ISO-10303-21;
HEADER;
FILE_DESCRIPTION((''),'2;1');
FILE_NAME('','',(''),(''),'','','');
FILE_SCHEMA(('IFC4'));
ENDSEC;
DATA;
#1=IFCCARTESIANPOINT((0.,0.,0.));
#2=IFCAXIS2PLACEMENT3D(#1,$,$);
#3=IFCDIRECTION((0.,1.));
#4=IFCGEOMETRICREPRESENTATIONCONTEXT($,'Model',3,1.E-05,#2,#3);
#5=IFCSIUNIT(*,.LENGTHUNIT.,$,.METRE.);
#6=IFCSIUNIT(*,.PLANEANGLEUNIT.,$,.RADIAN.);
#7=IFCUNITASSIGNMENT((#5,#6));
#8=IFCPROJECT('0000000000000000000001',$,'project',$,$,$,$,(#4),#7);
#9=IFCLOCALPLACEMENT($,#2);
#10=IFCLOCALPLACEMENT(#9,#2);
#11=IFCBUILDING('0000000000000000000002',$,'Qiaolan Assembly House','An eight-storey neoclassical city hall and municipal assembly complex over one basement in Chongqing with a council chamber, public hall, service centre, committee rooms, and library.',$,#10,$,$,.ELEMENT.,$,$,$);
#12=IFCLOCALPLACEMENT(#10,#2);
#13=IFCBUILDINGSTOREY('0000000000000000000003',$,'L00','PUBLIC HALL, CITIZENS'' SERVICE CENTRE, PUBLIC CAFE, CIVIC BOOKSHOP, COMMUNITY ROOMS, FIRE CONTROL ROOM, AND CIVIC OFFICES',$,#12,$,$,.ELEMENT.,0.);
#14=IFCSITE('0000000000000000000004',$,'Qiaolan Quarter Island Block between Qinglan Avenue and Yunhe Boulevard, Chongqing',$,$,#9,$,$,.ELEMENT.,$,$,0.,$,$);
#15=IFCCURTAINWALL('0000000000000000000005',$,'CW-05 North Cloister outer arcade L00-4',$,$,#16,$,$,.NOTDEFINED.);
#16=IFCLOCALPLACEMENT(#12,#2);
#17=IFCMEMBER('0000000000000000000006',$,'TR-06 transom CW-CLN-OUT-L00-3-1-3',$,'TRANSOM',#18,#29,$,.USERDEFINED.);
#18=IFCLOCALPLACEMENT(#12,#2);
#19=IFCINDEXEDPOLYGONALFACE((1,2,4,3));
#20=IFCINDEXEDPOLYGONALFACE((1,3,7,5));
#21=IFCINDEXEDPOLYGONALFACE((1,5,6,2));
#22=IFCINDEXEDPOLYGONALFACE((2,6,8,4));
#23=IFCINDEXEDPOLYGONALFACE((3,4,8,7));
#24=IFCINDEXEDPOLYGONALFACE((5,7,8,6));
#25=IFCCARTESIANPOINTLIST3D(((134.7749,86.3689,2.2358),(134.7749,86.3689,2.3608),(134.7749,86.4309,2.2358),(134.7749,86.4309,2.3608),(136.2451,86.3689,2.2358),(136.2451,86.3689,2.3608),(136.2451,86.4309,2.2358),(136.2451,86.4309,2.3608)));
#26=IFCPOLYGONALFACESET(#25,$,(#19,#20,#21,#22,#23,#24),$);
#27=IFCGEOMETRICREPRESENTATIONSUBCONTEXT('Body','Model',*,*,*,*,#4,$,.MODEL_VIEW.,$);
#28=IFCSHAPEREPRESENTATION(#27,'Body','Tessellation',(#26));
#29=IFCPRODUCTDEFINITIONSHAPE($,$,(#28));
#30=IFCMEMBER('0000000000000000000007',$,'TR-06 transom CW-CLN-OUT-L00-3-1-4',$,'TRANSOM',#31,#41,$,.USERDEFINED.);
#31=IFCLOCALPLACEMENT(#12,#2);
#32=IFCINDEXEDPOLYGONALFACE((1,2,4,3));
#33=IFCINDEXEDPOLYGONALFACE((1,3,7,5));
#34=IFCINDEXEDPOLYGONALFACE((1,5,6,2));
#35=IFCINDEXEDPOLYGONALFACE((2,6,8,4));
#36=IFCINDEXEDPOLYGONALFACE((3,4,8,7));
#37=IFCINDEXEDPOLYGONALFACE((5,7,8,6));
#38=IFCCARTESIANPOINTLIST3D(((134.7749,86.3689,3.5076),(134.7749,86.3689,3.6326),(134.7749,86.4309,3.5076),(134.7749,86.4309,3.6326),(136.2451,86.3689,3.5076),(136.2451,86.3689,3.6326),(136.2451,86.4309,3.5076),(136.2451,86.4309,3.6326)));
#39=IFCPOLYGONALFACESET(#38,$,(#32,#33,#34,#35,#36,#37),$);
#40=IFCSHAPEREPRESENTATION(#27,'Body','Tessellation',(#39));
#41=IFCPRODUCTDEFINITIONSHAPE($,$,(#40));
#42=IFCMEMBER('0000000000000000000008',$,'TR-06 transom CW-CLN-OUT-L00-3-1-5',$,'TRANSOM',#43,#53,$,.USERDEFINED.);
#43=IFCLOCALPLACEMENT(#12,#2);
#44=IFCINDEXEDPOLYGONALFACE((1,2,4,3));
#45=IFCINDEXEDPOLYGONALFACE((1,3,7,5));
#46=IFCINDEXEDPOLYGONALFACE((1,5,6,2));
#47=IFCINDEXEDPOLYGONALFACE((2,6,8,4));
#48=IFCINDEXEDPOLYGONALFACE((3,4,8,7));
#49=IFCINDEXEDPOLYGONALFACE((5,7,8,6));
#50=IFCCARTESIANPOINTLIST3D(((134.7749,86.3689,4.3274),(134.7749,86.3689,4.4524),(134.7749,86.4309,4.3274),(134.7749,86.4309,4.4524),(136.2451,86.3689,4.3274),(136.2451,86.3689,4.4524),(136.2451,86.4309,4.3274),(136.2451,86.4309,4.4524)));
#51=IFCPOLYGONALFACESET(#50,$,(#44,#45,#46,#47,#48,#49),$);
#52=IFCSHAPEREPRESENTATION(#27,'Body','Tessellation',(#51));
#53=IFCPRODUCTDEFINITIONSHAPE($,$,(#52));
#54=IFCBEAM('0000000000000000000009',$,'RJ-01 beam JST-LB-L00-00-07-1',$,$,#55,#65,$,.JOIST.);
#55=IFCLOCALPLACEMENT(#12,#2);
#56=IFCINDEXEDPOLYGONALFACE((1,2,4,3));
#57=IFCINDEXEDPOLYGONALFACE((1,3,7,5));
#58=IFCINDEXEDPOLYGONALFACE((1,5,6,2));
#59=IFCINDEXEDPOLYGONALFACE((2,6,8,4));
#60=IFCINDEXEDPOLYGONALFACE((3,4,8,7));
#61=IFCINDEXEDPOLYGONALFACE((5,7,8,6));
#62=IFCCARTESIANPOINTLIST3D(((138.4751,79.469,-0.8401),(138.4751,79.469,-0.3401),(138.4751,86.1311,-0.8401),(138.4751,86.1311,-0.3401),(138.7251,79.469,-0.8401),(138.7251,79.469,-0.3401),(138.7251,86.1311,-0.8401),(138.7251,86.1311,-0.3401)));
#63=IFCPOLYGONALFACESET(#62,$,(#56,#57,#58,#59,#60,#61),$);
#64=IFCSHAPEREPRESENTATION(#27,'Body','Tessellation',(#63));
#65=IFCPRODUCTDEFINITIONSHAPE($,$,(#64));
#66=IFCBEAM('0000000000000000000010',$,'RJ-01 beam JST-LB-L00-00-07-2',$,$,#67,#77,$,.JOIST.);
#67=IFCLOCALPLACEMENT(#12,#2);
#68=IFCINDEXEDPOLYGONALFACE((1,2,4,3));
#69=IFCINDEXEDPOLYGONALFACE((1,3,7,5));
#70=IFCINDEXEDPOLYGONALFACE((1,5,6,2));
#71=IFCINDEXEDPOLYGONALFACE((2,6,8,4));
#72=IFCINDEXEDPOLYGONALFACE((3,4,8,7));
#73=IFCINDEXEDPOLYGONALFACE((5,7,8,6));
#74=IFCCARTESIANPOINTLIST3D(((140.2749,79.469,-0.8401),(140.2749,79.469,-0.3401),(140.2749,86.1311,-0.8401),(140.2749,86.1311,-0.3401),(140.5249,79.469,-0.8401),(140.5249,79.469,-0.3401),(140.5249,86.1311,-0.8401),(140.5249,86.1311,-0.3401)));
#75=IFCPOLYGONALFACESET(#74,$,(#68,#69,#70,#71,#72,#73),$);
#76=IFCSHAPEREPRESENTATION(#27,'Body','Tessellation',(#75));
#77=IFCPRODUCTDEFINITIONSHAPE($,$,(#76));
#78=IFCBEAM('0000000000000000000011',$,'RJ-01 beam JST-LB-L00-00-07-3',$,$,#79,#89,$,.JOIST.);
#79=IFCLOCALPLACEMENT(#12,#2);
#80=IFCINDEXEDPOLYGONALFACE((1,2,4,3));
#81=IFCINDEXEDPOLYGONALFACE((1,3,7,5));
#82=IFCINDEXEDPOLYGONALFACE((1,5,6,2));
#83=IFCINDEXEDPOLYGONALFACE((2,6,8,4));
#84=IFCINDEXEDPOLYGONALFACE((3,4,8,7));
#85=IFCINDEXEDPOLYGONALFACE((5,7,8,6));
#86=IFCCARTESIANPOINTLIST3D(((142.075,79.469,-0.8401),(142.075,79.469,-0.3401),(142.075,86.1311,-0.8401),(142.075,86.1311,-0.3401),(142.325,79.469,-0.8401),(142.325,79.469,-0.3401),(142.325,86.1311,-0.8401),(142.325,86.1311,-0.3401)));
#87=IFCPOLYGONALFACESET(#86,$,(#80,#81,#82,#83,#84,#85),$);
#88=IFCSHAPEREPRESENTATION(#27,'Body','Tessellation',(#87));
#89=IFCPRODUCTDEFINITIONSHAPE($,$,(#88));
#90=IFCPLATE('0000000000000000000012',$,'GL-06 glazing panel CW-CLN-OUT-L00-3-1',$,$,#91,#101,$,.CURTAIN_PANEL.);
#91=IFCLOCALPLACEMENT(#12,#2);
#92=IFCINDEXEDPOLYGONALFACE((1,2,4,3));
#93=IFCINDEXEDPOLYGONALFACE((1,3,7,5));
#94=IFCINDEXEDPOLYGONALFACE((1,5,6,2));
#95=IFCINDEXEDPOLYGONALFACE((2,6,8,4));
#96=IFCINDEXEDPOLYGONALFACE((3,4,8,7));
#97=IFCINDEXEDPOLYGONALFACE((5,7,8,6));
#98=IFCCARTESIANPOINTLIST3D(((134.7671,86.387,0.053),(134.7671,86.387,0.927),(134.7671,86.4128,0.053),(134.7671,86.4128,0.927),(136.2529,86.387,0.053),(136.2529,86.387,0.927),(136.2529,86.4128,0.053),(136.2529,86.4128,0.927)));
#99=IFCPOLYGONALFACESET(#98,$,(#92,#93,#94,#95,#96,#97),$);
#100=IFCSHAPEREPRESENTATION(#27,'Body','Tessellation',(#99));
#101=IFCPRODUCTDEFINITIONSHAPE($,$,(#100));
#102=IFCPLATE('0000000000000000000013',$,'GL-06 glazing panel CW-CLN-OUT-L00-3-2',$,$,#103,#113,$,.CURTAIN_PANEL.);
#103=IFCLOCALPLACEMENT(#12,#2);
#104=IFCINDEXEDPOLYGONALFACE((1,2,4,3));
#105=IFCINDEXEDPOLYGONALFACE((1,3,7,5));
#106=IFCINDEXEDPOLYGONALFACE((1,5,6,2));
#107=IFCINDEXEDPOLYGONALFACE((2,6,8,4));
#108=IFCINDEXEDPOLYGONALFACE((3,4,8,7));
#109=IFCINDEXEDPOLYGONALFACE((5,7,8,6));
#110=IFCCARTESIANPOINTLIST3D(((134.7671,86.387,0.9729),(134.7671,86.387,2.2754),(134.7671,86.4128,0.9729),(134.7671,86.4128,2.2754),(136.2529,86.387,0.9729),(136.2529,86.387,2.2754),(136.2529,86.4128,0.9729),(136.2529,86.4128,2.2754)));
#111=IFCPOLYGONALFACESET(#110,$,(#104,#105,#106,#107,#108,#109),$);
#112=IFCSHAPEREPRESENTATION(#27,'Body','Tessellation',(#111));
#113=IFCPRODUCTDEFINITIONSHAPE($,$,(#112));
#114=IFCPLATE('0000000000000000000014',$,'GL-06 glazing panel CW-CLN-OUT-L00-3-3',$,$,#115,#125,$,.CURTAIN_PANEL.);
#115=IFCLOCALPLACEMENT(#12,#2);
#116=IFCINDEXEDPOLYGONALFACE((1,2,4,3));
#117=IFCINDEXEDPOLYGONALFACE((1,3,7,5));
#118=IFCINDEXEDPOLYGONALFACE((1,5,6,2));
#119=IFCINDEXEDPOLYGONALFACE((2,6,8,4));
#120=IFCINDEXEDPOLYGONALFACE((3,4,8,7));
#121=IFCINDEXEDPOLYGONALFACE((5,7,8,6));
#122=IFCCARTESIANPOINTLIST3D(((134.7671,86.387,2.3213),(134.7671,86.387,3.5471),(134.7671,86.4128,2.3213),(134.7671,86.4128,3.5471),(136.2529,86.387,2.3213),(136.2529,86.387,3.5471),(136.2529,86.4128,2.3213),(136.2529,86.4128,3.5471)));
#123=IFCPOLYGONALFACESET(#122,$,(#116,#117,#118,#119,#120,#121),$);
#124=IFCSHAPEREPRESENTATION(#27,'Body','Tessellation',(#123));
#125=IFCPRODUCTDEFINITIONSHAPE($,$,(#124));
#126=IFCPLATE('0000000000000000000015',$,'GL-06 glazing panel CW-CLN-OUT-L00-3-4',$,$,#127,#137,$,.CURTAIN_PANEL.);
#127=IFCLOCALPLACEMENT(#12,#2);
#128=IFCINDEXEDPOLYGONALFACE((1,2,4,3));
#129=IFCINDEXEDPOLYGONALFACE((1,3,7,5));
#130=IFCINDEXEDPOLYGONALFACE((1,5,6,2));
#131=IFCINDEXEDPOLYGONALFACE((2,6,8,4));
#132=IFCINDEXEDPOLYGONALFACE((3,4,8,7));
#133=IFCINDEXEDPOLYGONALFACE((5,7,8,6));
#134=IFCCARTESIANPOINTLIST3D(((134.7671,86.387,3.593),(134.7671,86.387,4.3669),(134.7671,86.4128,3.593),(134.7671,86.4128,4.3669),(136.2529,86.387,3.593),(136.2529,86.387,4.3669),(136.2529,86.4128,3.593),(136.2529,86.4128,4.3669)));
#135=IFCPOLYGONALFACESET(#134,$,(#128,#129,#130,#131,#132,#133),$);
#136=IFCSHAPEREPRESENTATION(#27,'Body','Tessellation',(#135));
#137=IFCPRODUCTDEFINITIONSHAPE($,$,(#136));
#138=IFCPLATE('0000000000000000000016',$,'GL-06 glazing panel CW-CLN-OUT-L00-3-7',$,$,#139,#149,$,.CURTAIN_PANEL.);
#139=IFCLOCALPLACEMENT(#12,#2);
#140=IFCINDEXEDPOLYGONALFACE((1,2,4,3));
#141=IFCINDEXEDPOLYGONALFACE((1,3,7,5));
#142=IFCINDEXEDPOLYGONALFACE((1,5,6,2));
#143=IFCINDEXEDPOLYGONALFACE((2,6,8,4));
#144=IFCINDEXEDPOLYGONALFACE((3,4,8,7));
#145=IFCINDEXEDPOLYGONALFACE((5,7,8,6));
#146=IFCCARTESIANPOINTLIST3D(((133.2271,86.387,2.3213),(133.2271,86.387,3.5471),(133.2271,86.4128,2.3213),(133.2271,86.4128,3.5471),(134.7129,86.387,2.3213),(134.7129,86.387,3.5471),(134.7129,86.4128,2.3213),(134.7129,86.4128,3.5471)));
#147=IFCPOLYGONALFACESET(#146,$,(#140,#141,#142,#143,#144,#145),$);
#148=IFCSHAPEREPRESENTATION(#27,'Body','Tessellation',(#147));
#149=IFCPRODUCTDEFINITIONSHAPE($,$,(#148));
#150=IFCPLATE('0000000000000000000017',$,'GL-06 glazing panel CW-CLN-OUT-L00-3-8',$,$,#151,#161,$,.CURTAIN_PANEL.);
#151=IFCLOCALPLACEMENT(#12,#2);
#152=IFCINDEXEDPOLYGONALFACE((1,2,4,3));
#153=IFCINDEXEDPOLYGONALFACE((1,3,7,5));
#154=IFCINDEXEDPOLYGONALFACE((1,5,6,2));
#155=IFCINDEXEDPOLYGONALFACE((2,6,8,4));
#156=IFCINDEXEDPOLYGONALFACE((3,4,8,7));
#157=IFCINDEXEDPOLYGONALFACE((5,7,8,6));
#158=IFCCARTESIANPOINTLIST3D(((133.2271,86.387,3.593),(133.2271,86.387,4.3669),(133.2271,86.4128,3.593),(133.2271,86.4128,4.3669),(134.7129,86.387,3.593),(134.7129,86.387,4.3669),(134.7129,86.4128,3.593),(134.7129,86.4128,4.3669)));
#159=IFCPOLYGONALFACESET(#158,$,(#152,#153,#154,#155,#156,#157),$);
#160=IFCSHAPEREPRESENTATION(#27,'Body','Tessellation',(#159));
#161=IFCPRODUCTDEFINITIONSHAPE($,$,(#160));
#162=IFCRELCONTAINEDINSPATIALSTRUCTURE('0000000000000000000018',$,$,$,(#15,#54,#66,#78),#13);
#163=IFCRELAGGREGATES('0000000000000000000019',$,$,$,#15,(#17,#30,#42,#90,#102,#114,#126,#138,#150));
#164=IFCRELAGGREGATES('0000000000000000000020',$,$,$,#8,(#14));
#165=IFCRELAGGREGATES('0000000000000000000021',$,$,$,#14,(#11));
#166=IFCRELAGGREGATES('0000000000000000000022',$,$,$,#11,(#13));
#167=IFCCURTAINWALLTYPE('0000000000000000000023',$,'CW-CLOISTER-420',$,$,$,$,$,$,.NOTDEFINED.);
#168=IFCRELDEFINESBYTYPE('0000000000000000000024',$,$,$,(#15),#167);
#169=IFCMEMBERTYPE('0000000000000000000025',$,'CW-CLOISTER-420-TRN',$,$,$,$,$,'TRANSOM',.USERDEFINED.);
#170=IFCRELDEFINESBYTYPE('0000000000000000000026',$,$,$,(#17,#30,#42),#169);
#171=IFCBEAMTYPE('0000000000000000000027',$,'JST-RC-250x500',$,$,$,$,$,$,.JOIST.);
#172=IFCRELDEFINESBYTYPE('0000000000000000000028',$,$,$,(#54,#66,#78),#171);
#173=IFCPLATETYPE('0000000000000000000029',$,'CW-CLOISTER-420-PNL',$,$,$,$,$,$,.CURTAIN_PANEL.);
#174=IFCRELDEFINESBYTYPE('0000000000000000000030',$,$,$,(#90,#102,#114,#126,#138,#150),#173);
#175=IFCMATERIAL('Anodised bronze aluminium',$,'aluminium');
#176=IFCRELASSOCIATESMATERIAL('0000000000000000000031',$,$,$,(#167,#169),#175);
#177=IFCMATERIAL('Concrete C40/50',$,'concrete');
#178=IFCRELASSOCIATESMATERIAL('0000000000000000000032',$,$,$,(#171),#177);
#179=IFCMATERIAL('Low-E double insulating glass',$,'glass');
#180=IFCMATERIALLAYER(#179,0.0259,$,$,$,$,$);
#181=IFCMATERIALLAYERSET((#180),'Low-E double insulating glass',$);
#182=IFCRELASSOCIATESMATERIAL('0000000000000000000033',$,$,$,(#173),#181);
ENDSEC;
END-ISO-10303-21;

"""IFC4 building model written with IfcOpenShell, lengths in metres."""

from ifc_helpers import new_model, si_unit, direction, frame, frame_2d, origin, origin_2d, place, context, subcontext, project, spatial, rectangle, extrude, material, layer, layer_set, material_profile, profile_set, type_object, element, aggregate, save


model = new_model("IFC4")

# Units and contexts
model_context = context("Model", 3, precision=1e-05, world=origin(), true_north=direction((0.0, 1.0)))
body_context = subcontext(model_context, "Body", "Model", "MODEL_VIEW")
ifc_project = project(units=[si_unit("LENGTHUNIT", "METRE"), si_unit("PLANEANGLEUNIT", "RADIAN")], contexts=[model_context])

# Site, building, storey
site_placement = place(None, origin())
site = spatial("IfcSite", under=ifc_project, at=site_placement, Name="Qiaolan Quarter Island Block between Qinglan Avenue and Yunhe Boulevard, Chongqing", CompositionType="ELEMENT", RefElevation=0.0)
building_placement = place(site_placement, origin())
building = spatial("IfcBuilding", under=site, at=building_placement, Name="Qiaolan Assembly House", Description="An eight-storey neoclassical city hall and municipal assembly complex over one basement in Chongqing with a council chamber, public hall, service centre, committee rooms, and library.", CompositionType="ELEMENT")
storey_placement = place(building_placement, origin())
storey = spatial("IfcBuildingStorey", under=building, at=storey_placement, Name="L00", Description="PUBLIC HALL, CITIZENS' SERVICE CENTRE, PUBLIC CAFE, CIVIC BOOKSHOP, COMMUNITY ROOMS, FIRE CONTROL ROOM, AND CIVIC OFFICES", CompositionType="ELEMENT", Elevation=0.0)

# Shared definitions
ifc_material_1 = material(Name="Concrete C40/50", Category="concrete")

# Shared definitions
ifc_material_2 = material(Name="Anodised bronze aluminium", Category="aluminium")
curtain_wall_type = type_object("IfcCurtainWallType", Name="CW-CLOISTER-420", PredefinedType="NOTDEFINED", material=ifc_material_2)

# Curtain wall
curtain_wall_1_placement = place(storey_placement, origin())
curtain_wall_1 = element("IfcCurtainWall", 1, at=curtain_wall_1_placement, inside=storey, type_object=curtain_wall_type, Name="CW-05 North Cloister outer arcade L00-4", PredefinedType="NOTDEFINED")

# Members
ifc_material_profile_1 = material_profile(ifc_material_2, rectangle(XDim=0.062, YDim=0.125, at=origin_2d()), Name="TRN 62x125")
ifc_profile_set_1 = profile_set([ifc_material_profile_1], Name="Anodised bronze aluminium")
member_type_1 = type_object("IfcMemberType", Name="CW-CLOISTER-420-TRN", ElementType="TRANSOM", PredefinedType="USERDEFINED", material=ifc_profile_set_1)
member_1_placement = place(storey_placement, frame((136.2451, 86.3999, 2.2983), z_axis=(-1.0, 0.0, 0.0), x_axis=(0.0, -1.0, 0.0)))
member_1 = element("IfcMember", 2, at=member_1_placement, type_object=member_type_1, Name="TR-06 transom CW-CLN-OUT-L00-3-1-3", ObjectType="TRANSOM", PredefinedType="USERDEFINED", context=body_context, shape_type="SweptSolid", body=[
    extrude(rectangle(XDim=0.062, YDim=0.125, at=origin_2d()), origin(), (0.0, 0.0, 1.0), 1.4702),
])
member_2_placement = place(storey_placement, frame((136.2451, 86.3999, 3.5701), z_axis=(-1.0, 0.0, 0.0), x_axis=(0.0, -1.0, 0.0)))
member_2 = element("IfcMember", 3, at=member_2_placement, type_object=member_type_1, Name="TR-06 transom CW-CLN-OUT-L00-3-1-4", ObjectType="TRANSOM", PredefinedType="USERDEFINED", context=body_context, shape_type="SweptSolid", body=[
    extrude(rectangle(XDim=0.062, YDim=0.125, at=origin_2d()), origin(), (0.0, 0.0, 1.0), 1.4702),
])
member_3_placement = place(storey_placement, frame((136.2451, 86.3999, 4.3899), z_axis=(-1.0, 0.0, 0.0), x_axis=(0.0, -1.0, 0.0)))
member_3 = element("IfcMember", 4, at=member_3_placement, type_object=member_type_1, Name="TR-06 transom CW-CLN-OUT-L00-3-1-5", ObjectType="TRANSOM", PredefinedType="USERDEFINED", context=body_context, shape_type="SweptSolid", body=[
    extrude(rectangle(XDim=0.062, YDim=0.125, at=origin_2d()), origin(), (0.0, 0.0, 1.0), 1.4702),
])

# Beams
ifc_material_profile_2 = material_profile(ifc_material_1, rectangle(XDim=0.25, YDim=0.5, at=origin_2d()), Name="RCB 250x500")
ifc_profile_set_2 = profile_set([ifc_material_profile_2], Name="Concrete C40/50")
beam_type_1 = type_object("IfcBeamType", Name="JST-RC-250x500", PredefinedType="JOIST", material=ifc_profile_set_2)
for number, where, z_axis, x_axis, name in (
    (5, (138.6001, 79.469, -0.5901), (0.0, 1.0, 0.0), (-1.0, 0.0, 0.0), "RJ-01 beam JST-LB-L00-00-07-1"),
    (6, (140.3999, 79.469, -0.5901), (0.0, 1.0, 0.0), (-1.0, 0.0, 0.0), "RJ-01 beam JST-LB-L00-00-07-2"),
    (7, (142.2, 79.469, -0.5901), (0.0, 1.0, 0.0), (-1.0, 0.0, 0.0), "RJ-01 beam JST-LB-L00-00-07-3"),
):
    element("IfcBeam", number, at=place(storey_placement, frame(where, z_axis=z_axis, x_axis=x_axis)), inside=storey, type_object=beam_type_1, Name=name, PredefinedType="JOIST", context=body_context, shape_type="SweptSolid", body=[
        extrude(rectangle(XDim=0.25, YDim=0.5, at=origin_2d()), origin(), (0.0, 0.0, 1.0), 6.6621),
    ])

# Plates
ifc_material_3 = material(Name="Low-E double insulating glass", Category="glass")
ifc_layer = layer(ifc_material_3, 0.0259)
ifc_layer_set = layer_set([ifc_layer], Name="Low-E double insulating glass")
plate_type = type_object("IfcPlateType", Name="CW-CLOISTER-420-PNL", PredefinedType="CURTAIN_PANEL", material=ifc_layer_set)
plate_1_placement = place(storey_placement, frame((136.2529, 86.3999, 0.053), z_axis=(0.0, 0.0, 1.0), x_axis=(-1.0, 0.0, 0.0)))
plate_1 = element("IfcPlate", 8, at=plate_1_placement, type_object=plate_type, Name="GL-06 glazing panel CW-CLN-OUT-L00-3-1", PredefinedType="CURTAIN_PANEL", context=body_context, shape_type="SweptSolid", body=[
    extrude(rectangle(XDim=1.4858, YDim=0.0259, at=frame_2d((0.7429, 0.0))), origin(), (0.0, 0.0, 1.0), 0.874),
])
plate_2_placement = place(storey_placement, frame((136.2529, 86.3999, 0.9729), z_axis=(0.0, 0.0, 1.0), x_axis=(-1.0, 0.0, 0.0)))
plate_2 = element("IfcPlate", 9, at=plate_2_placement, type_object=plate_type, Name="GL-06 glazing panel CW-CLN-OUT-L00-3-2", PredefinedType="CURTAIN_PANEL", context=body_context, shape_type="SweptSolid", body=[
    extrude(rectangle(XDim=1.4858, YDim=0.0259, at=frame_2d((0.7429, 0.0))), origin(), (0.0, 0.0, 1.0), 1.3025),
])
plate_3_placement = place(storey_placement, frame((136.2529, 86.3999, 2.3213), z_axis=(0.0, 0.0, 1.0), x_axis=(-1.0, 0.0, 0.0)))
plate_3 = element("IfcPlate", 10, at=plate_3_placement, type_object=plate_type, Name="GL-06 glazing panel CW-CLN-OUT-L00-3-3", PredefinedType="CURTAIN_PANEL", context=body_context, shape_type="SweptSolid", body=[
    extrude(rectangle(XDim=1.4858, YDim=0.0259, at=frame_2d((0.7429, 0.0))), origin(), (0.0, 0.0, 1.0), 1.2258),
])
plate_4_placement = place(storey_placement, frame((136.2529, 86.3999, 3.593), z_axis=(0.0, 0.0, 1.0), x_axis=(-1.0, 0.0, 0.0)))
plate_4 = element("IfcPlate", 11, at=plate_4_placement, type_object=plate_type, Name="GL-06 glazing panel CW-CLN-OUT-L00-3-4", PredefinedType="CURTAIN_PANEL", context=body_context, shape_type="SweptSolid", body=[
    extrude(rectangle(XDim=1.4858, YDim=0.0259, at=frame_2d((0.7429, 0.0))), origin(), (0.0, 0.0, 1.0), 0.7739),
])
plate_5_placement = place(storey_placement, frame((134.7129, 86.3999, 2.3213), z_axis=(0.0, 0.0, 1.0), x_axis=(-1.0, 0.0, 0.0)))
plate_5 = element("IfcPlate", 12, at=plate_5_placement, type_object=plate_type, Name="GL-06 glazing panel CW-CLN-OUT-L00-3-7", PredefinedType="CURTAIN_PANEL", context=body_context, shape_type="SweptSolid", body=[
    extrude(rectangle(XDim=1.4858, YDim=0.0259, at=frame_2d((0.7429, 0.0))), origin(), (0.0, 0.0, 1.0), 1.2258),
])
plate_6_placement = place(storey_placement, frame((134.7129, 86.3999, 3.593), z_axis=(0.0, 0.0, 1.0), x_axis=(-1.0, 0.0, 0.0)))
plate_6 = element("IfcPlate", 13, at=plate_6_placement, type_object=plate_type, Name="GL-06 glazing panel CW-CLN-OUT-L00-3-8", PredefinedType="CURTAIN_PANEL", context=body_context, shape_type="SweptSolid", body=[
    extrude(rectangle(XDim=1.4858, YDim=0.0259, at=frame_2d((0.7429, 0.0))), origin(), (0.0, 0.0, 1.0), 0.7739),
])
aggregate(curtain_wall_1, [member_1, member_2, member_3, plate_1, plate_2, plate_3, plate_4, plate_5, plate_6])

save(model, "model.ifc")
